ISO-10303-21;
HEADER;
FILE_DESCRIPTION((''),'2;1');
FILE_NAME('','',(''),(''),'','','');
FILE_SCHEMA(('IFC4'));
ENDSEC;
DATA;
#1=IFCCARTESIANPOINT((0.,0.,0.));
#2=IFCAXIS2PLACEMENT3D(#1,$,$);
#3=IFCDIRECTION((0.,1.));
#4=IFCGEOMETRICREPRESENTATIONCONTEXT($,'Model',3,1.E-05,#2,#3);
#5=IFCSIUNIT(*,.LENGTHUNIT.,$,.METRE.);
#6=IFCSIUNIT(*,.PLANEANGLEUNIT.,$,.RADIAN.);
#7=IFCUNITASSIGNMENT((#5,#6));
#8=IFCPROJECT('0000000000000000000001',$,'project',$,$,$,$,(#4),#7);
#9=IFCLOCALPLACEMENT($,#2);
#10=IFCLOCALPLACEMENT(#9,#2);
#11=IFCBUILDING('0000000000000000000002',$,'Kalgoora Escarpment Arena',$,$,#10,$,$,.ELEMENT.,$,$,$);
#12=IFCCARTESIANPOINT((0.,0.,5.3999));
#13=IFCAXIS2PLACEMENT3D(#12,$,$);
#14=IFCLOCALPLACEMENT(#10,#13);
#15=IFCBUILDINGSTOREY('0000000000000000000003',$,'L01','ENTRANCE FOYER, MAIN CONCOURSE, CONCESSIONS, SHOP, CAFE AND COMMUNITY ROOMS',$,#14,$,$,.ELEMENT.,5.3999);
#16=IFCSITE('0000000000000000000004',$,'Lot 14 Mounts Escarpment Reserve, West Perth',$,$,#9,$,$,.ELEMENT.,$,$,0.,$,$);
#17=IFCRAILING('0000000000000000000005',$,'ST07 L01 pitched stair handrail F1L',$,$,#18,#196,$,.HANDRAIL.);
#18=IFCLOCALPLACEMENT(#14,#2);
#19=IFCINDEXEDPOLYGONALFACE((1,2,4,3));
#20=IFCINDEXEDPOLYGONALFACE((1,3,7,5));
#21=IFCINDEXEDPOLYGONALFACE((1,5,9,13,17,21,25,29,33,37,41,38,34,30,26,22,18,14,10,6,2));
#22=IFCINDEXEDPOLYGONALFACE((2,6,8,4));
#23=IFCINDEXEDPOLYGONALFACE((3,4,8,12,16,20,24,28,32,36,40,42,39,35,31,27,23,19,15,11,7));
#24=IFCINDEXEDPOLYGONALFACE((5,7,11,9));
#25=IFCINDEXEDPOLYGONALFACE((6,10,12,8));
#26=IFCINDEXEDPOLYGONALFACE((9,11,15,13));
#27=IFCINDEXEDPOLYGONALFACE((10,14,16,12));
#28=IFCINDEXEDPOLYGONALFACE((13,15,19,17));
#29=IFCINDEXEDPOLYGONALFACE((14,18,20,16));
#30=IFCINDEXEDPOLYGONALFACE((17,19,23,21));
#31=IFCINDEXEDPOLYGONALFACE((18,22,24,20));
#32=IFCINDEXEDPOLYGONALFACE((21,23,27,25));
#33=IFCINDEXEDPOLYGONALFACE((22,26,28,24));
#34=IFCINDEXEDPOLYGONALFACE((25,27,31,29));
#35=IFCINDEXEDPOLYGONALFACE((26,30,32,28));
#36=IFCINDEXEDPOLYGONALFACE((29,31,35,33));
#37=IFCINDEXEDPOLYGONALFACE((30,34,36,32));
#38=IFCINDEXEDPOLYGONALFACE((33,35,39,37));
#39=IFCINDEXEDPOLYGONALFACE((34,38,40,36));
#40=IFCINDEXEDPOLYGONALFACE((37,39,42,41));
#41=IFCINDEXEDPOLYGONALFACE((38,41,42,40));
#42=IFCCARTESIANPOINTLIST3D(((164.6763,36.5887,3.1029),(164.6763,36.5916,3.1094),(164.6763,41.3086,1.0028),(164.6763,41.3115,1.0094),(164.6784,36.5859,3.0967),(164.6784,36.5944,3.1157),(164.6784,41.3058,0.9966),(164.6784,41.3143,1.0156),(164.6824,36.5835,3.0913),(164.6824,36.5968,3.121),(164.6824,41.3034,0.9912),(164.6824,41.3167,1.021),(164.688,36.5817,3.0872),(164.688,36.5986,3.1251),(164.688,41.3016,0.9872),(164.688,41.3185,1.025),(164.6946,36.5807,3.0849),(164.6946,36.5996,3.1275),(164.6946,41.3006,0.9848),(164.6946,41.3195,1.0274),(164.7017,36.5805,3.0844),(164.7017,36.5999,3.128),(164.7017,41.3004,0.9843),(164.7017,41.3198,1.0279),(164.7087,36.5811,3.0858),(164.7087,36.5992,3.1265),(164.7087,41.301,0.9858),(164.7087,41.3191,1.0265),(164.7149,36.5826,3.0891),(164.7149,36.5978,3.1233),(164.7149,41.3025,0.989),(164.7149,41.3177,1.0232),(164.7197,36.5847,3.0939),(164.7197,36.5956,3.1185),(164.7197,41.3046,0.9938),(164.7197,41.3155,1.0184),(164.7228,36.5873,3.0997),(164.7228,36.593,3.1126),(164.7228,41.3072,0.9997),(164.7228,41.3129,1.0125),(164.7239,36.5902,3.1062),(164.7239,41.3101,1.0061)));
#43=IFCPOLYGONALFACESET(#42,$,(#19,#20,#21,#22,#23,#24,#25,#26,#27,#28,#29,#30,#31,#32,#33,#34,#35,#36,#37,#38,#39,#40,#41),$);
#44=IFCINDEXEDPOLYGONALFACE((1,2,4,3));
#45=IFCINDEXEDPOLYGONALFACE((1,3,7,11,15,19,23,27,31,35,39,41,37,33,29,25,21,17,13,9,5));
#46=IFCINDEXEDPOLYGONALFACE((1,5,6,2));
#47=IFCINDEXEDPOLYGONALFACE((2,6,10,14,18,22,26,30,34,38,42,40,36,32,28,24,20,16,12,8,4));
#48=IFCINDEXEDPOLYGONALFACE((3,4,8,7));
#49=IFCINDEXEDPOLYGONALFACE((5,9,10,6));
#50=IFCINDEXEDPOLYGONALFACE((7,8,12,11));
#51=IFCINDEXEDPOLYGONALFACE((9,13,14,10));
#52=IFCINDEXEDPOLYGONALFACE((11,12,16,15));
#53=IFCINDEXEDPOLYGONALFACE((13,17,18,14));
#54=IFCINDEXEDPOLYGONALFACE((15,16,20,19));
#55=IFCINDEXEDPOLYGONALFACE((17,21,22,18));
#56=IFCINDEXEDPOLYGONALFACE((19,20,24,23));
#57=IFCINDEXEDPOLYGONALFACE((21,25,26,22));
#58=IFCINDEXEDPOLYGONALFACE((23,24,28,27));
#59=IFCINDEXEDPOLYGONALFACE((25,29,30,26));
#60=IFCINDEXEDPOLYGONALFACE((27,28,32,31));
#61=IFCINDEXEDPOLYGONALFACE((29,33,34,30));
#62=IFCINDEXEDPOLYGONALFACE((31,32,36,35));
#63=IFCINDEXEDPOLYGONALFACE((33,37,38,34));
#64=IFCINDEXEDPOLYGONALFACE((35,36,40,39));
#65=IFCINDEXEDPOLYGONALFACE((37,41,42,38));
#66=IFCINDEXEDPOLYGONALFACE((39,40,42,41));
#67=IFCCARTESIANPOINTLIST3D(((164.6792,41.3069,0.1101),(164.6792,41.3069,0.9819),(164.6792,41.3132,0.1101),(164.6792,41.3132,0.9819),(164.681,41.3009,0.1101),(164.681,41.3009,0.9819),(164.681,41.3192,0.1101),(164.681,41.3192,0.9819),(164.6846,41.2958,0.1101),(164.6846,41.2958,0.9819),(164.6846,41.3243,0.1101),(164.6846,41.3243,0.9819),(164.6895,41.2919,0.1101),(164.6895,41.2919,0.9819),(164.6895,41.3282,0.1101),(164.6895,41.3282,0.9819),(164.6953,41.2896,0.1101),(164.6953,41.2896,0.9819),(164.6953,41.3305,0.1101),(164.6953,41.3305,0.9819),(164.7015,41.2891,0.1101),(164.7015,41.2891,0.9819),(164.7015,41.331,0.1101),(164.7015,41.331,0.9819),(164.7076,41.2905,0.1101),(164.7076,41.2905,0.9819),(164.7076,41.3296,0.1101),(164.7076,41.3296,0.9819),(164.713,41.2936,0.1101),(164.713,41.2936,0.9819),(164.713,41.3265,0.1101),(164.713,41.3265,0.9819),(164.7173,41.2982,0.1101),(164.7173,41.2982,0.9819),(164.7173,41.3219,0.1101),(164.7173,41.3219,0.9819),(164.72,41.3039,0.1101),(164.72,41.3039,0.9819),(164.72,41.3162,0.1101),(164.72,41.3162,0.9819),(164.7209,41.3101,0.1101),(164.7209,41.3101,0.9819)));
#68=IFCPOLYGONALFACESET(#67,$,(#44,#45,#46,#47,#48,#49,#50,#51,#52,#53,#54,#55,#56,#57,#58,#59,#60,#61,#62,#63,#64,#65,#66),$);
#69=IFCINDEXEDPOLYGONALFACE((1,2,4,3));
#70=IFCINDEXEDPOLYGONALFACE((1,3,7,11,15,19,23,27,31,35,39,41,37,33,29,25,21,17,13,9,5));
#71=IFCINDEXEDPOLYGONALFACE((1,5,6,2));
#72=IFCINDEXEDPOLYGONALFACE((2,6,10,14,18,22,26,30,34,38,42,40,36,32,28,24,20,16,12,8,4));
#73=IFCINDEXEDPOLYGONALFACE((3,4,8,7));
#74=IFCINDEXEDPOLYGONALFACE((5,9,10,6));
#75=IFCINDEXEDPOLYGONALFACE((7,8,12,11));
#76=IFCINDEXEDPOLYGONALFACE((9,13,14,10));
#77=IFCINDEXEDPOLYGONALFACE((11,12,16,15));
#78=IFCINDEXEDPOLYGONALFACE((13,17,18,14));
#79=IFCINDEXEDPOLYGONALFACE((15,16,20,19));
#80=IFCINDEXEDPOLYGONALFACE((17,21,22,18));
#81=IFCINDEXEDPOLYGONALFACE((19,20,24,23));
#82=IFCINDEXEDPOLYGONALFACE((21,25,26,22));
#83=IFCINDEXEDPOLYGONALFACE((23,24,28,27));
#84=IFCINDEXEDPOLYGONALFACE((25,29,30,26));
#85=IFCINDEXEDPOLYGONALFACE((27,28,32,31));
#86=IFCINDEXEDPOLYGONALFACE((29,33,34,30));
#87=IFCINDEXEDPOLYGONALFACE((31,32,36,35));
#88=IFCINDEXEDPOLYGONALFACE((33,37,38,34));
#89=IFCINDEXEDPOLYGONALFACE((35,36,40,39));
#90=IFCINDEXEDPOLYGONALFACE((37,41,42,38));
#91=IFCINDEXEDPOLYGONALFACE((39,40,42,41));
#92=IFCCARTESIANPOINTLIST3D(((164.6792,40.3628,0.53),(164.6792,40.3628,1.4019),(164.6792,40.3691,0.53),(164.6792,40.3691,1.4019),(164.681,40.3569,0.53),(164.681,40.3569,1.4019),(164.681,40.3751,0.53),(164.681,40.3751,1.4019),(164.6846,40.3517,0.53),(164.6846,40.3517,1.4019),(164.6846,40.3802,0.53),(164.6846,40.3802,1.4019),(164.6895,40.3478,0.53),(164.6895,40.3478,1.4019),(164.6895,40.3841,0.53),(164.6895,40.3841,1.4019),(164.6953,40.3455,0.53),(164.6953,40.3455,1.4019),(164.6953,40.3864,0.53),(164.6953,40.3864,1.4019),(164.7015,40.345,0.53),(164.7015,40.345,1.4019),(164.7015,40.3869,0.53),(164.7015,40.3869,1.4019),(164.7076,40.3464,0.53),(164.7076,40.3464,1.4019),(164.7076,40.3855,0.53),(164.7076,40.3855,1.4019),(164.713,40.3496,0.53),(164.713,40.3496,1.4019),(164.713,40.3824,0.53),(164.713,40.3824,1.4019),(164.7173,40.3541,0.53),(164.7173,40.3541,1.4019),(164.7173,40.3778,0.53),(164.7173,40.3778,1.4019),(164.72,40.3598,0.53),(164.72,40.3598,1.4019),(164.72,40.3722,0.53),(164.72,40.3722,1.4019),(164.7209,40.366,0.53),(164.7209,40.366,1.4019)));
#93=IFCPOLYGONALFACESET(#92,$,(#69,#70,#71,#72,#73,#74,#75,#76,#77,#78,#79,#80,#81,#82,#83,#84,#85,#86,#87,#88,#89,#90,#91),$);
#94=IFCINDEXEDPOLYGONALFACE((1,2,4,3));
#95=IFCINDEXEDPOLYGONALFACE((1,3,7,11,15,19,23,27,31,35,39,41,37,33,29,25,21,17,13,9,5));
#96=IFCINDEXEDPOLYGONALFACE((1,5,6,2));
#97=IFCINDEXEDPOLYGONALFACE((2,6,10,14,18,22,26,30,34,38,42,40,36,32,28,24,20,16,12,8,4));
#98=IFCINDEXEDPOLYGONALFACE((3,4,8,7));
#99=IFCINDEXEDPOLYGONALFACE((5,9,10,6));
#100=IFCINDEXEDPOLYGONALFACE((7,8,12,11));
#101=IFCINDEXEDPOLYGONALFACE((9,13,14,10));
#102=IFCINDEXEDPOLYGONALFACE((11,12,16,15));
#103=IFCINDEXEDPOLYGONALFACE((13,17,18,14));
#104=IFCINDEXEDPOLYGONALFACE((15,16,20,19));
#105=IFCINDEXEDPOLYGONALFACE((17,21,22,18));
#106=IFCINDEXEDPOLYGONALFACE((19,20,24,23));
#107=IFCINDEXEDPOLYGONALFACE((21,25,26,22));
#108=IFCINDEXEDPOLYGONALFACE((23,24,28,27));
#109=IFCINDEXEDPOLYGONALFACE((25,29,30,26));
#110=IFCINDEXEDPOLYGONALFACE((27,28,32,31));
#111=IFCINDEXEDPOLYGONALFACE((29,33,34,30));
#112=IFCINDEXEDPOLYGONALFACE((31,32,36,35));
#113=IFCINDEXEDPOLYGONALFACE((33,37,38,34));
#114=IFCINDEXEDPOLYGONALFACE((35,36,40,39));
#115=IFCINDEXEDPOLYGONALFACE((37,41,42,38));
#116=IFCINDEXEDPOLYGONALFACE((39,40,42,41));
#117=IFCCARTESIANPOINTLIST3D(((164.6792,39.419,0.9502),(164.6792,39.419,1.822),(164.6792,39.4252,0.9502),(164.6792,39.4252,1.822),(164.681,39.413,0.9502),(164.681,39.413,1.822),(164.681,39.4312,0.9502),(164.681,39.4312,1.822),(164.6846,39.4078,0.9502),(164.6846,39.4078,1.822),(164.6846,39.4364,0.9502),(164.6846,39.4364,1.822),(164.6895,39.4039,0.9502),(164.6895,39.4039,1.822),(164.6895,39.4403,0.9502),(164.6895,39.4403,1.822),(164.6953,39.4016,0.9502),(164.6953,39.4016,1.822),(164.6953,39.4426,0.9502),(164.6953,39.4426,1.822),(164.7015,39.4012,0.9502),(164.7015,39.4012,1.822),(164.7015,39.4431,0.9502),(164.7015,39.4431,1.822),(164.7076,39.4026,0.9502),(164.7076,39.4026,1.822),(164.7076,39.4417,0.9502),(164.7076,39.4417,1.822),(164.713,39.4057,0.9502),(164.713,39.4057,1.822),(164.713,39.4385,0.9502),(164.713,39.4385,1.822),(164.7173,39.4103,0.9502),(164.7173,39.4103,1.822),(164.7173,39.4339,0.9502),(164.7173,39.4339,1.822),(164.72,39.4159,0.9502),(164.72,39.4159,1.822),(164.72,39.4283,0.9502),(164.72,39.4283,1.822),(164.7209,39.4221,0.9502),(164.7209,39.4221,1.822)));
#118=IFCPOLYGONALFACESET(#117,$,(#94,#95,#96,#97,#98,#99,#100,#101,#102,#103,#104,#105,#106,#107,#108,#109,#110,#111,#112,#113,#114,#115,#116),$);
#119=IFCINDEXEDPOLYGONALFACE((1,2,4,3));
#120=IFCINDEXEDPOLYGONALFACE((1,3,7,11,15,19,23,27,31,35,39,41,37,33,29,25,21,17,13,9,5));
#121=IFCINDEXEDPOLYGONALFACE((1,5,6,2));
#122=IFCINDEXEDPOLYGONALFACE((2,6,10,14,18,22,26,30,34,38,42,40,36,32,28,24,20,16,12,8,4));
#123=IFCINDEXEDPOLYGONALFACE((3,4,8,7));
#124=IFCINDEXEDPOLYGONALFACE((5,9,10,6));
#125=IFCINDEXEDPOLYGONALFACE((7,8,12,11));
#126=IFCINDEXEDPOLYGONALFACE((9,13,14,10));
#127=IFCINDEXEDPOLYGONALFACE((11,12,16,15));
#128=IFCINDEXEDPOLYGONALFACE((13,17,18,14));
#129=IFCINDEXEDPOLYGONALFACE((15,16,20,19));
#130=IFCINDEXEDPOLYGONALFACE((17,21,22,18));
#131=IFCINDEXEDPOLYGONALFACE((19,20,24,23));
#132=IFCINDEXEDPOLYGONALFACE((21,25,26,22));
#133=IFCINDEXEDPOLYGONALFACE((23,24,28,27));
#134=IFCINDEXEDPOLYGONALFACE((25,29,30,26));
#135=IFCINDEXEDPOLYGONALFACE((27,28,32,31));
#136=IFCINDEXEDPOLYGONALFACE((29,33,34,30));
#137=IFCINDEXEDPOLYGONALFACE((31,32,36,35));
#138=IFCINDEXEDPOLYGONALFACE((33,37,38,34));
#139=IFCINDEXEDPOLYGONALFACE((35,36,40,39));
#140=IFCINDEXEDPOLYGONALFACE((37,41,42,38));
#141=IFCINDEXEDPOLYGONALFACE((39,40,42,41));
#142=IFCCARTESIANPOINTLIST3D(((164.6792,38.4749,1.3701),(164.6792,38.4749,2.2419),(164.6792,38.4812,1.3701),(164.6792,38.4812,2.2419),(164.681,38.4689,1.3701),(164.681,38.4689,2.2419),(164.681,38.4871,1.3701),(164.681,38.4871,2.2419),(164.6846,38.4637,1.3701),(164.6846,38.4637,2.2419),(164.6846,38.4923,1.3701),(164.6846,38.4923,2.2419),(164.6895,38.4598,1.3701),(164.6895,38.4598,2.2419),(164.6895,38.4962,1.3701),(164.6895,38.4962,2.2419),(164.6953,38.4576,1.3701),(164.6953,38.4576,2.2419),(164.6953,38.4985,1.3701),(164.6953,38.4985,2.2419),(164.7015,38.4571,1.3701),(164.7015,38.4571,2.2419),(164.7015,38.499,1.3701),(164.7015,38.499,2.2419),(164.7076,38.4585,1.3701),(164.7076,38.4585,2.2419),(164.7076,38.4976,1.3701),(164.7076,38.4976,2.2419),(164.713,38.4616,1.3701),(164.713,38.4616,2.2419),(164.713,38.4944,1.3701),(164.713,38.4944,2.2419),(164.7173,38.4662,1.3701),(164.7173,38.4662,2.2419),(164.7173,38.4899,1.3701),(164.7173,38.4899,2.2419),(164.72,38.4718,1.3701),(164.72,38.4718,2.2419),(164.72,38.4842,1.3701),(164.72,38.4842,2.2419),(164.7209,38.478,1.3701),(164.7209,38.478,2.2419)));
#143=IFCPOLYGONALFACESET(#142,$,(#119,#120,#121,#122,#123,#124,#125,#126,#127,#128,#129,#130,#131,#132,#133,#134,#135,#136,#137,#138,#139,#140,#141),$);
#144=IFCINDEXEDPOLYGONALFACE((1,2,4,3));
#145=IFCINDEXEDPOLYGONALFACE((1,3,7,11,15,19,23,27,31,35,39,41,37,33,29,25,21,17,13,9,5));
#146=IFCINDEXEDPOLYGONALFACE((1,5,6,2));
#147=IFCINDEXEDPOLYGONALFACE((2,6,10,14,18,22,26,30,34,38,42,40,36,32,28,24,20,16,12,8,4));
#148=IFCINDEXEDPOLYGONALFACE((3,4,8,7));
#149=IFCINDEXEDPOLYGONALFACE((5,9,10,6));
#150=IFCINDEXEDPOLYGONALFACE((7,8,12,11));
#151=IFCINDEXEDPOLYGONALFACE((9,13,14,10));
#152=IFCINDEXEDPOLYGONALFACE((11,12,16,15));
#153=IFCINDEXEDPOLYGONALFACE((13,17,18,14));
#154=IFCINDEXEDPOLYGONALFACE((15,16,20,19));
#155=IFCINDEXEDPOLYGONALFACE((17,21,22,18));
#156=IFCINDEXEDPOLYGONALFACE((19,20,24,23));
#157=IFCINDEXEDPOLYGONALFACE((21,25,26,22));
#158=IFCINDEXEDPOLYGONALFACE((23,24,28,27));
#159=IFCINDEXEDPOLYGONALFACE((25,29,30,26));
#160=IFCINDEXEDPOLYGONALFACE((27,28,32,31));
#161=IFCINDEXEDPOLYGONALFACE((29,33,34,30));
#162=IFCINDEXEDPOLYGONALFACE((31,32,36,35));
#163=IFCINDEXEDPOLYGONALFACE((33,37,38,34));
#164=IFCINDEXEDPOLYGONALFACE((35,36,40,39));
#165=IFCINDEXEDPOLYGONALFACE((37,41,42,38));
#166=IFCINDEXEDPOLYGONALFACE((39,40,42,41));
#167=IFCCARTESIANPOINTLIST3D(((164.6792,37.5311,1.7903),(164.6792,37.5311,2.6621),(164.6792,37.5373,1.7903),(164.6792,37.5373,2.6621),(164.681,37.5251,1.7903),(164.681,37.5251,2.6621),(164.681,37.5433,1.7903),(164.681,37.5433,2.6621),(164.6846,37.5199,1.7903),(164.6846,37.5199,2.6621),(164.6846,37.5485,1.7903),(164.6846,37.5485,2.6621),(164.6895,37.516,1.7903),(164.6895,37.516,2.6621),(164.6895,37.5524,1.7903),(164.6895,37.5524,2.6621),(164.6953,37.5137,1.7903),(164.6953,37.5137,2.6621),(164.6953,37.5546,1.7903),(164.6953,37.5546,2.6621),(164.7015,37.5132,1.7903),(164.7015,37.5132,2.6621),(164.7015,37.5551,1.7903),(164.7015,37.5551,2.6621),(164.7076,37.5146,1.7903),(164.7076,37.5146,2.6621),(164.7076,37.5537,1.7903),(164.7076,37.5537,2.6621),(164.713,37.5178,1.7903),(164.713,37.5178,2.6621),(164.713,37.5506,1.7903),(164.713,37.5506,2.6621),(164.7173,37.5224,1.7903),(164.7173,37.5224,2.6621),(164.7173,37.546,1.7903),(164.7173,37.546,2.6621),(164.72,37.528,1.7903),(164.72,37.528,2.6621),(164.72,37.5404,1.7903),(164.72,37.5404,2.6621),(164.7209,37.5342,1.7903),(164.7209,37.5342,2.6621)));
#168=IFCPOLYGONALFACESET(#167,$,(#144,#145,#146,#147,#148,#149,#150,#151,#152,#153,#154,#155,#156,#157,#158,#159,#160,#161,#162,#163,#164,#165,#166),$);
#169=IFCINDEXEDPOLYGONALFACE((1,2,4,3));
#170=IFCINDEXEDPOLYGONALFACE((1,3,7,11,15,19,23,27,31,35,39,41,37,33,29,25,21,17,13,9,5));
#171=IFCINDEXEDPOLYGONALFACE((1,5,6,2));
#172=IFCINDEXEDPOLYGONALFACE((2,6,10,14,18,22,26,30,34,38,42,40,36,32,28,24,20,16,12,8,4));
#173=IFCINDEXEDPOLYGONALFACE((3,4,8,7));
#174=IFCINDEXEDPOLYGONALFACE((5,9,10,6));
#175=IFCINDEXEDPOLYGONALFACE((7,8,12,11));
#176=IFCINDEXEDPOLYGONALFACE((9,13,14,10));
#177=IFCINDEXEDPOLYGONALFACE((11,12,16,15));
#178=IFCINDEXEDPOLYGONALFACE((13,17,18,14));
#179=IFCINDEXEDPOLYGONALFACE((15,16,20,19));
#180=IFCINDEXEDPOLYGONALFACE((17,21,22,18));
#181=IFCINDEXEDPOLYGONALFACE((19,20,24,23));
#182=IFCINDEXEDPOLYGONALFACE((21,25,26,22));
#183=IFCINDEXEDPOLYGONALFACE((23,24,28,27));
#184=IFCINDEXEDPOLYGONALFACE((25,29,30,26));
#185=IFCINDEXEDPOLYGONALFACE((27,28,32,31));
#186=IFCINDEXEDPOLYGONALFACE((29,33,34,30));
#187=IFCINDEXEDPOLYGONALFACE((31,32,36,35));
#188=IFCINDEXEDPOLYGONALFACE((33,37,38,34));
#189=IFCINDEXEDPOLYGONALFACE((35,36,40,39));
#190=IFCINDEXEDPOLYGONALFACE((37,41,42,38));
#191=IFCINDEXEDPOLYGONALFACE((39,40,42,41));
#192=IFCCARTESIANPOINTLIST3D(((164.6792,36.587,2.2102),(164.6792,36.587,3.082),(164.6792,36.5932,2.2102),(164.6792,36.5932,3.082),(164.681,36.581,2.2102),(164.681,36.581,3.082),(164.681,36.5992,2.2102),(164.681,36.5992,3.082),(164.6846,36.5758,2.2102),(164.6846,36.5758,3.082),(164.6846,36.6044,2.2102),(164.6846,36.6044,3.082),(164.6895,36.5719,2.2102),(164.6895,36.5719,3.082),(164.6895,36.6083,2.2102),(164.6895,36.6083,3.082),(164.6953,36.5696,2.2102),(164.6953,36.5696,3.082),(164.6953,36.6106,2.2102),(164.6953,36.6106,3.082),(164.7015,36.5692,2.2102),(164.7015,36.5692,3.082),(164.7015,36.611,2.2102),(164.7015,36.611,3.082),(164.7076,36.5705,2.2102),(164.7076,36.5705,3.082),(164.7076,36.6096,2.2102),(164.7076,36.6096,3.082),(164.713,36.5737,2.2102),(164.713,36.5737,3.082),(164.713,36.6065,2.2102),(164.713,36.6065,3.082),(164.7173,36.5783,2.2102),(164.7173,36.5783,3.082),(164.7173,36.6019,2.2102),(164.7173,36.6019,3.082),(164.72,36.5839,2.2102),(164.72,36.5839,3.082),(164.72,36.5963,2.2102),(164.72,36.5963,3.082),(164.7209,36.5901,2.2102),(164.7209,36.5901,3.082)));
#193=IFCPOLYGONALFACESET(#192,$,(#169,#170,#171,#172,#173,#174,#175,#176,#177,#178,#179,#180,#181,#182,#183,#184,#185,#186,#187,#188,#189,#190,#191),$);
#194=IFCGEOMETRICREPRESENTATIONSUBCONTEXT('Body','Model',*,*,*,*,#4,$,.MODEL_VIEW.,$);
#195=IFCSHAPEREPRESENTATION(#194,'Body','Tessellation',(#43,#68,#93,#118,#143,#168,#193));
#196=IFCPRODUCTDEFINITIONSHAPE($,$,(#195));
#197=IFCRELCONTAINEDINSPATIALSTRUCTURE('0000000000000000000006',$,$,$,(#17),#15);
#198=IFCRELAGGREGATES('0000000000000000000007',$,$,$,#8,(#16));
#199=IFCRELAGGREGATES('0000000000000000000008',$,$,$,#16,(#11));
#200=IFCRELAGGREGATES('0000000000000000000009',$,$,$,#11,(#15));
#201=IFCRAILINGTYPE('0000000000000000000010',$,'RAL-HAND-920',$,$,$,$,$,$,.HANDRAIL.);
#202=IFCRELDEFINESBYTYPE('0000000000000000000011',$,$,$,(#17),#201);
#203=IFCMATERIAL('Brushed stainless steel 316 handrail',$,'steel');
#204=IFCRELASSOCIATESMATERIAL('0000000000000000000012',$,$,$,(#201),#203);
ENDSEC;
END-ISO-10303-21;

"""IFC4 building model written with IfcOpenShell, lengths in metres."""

from ifc_helpers import new_model, si_unit, direction, frame, origin, origin_2d, place, context, subcontext, project, spatial, circle, extrude, material, type_object, element, save


model = new_model("IFC4")

# Units and contexts
model_context = context("Model", 3, precision=1e-05, world=origin(), true_north=direction((0.0, 1.0)))
body_context = subcontext(model_context, "Body", "Model", "MODEL_VIEW")
ifc_project = project(units=[si_unit("LENGTHUNIT", "METRE"), si_unit("PLANEANGLEUNIT", "RADIAN")], contexts=[model_context])

# Site, building, storey
site_placement = place(None, origin())
site = spatial("IfcSite", under=ifc_project, at=site_placement, Name="Lot 14 Mounts Escarpment Reserve, West Perth", CompositionType="ELEMENT", RefElevation=0.0)
building_placement = place(site_placement, origin())
building = spatial("IfcBuilding", under=site, at=building_placement, Name="Kalgoora Escarpment Arena", CompositionType="ELEMENT")
storey_placement = place(building_placement, frame((0.0, 0.0, 5.3999)))
storey = spatial("IfcBuildingStorey", under=building, at=storey_placement, Name="L01", Description="ENTRANCE FOYER, MAIN CONCOURSE, CONCESSIONS, SHOP, CAFE AND COMMUNITY ROOMS", CompositionType="ELEMENT", Elevation=5.3999)

# Railing
ifc_material_1 = material(Name="Brushed stainless steel 316 handrail", Category="steel")
railing_type_1 = type_object("IfcRailingType", Name="RAL-HAND-920", PredefinedType="HANDRAIL", material=ifc_material_1)
for number, where, name in (
    (1, (164.7, 41.3101, 0.1101), "ST07 L01 pitched stair handrail F1L"),
):
    element("IfcRailing", number, at=place(storey_placement, frame(where)), inside=storey, type_object=railing_type_1, Name=name, PredefinedType="HANDRAIL", context=body_context, shape_type="SweptSolid", body=[
        extrude(circle(Radius=0.0239, at=origin_2d()), frame((0.0, 0.0, 0.896), z_axis=(0.0, -0.913644, 0.406516), x_axis=(1.0, 0.0, 0.0)), (0.0, 0.0, 1.0), 5.166),
        extrude(circle(Radius=0.021, at=origin_2d()), origin(), (0.0, 0.0, 1.0), 0.8718),
        extrude(circle(Radius=0.021, at=origin_2d()), frame((0.0, -0.9441, 0.4199)), (0.0, 0.0, 1.0), 0.8718),
        extrude(circle(Radius=0.021, at=origin_2d()), frame((0.0, -1.8879, 0.8401)), (0.0, 0.0, 1.0), 0.8718),
        extrude(circle(Radius=0.021, at=origin_2d()), frame((0.0, -2.832, 1.26)), (0.0, 0.0, 1.0), 0.8718),
        extrude(circle(Radius=0.021, at=origin_2d()), frame((0.0, -3.7759, 1.6802)), (0.0, 0.0, 1.0), 0.8718),
        extrude(circle(Radius=0.021, at=origin_2d()), frame((0.0, -4.72, 2.1001)), (0.0, 0.0, 1.0), 0.8718),
    ])

save(model, "model.ifc")
